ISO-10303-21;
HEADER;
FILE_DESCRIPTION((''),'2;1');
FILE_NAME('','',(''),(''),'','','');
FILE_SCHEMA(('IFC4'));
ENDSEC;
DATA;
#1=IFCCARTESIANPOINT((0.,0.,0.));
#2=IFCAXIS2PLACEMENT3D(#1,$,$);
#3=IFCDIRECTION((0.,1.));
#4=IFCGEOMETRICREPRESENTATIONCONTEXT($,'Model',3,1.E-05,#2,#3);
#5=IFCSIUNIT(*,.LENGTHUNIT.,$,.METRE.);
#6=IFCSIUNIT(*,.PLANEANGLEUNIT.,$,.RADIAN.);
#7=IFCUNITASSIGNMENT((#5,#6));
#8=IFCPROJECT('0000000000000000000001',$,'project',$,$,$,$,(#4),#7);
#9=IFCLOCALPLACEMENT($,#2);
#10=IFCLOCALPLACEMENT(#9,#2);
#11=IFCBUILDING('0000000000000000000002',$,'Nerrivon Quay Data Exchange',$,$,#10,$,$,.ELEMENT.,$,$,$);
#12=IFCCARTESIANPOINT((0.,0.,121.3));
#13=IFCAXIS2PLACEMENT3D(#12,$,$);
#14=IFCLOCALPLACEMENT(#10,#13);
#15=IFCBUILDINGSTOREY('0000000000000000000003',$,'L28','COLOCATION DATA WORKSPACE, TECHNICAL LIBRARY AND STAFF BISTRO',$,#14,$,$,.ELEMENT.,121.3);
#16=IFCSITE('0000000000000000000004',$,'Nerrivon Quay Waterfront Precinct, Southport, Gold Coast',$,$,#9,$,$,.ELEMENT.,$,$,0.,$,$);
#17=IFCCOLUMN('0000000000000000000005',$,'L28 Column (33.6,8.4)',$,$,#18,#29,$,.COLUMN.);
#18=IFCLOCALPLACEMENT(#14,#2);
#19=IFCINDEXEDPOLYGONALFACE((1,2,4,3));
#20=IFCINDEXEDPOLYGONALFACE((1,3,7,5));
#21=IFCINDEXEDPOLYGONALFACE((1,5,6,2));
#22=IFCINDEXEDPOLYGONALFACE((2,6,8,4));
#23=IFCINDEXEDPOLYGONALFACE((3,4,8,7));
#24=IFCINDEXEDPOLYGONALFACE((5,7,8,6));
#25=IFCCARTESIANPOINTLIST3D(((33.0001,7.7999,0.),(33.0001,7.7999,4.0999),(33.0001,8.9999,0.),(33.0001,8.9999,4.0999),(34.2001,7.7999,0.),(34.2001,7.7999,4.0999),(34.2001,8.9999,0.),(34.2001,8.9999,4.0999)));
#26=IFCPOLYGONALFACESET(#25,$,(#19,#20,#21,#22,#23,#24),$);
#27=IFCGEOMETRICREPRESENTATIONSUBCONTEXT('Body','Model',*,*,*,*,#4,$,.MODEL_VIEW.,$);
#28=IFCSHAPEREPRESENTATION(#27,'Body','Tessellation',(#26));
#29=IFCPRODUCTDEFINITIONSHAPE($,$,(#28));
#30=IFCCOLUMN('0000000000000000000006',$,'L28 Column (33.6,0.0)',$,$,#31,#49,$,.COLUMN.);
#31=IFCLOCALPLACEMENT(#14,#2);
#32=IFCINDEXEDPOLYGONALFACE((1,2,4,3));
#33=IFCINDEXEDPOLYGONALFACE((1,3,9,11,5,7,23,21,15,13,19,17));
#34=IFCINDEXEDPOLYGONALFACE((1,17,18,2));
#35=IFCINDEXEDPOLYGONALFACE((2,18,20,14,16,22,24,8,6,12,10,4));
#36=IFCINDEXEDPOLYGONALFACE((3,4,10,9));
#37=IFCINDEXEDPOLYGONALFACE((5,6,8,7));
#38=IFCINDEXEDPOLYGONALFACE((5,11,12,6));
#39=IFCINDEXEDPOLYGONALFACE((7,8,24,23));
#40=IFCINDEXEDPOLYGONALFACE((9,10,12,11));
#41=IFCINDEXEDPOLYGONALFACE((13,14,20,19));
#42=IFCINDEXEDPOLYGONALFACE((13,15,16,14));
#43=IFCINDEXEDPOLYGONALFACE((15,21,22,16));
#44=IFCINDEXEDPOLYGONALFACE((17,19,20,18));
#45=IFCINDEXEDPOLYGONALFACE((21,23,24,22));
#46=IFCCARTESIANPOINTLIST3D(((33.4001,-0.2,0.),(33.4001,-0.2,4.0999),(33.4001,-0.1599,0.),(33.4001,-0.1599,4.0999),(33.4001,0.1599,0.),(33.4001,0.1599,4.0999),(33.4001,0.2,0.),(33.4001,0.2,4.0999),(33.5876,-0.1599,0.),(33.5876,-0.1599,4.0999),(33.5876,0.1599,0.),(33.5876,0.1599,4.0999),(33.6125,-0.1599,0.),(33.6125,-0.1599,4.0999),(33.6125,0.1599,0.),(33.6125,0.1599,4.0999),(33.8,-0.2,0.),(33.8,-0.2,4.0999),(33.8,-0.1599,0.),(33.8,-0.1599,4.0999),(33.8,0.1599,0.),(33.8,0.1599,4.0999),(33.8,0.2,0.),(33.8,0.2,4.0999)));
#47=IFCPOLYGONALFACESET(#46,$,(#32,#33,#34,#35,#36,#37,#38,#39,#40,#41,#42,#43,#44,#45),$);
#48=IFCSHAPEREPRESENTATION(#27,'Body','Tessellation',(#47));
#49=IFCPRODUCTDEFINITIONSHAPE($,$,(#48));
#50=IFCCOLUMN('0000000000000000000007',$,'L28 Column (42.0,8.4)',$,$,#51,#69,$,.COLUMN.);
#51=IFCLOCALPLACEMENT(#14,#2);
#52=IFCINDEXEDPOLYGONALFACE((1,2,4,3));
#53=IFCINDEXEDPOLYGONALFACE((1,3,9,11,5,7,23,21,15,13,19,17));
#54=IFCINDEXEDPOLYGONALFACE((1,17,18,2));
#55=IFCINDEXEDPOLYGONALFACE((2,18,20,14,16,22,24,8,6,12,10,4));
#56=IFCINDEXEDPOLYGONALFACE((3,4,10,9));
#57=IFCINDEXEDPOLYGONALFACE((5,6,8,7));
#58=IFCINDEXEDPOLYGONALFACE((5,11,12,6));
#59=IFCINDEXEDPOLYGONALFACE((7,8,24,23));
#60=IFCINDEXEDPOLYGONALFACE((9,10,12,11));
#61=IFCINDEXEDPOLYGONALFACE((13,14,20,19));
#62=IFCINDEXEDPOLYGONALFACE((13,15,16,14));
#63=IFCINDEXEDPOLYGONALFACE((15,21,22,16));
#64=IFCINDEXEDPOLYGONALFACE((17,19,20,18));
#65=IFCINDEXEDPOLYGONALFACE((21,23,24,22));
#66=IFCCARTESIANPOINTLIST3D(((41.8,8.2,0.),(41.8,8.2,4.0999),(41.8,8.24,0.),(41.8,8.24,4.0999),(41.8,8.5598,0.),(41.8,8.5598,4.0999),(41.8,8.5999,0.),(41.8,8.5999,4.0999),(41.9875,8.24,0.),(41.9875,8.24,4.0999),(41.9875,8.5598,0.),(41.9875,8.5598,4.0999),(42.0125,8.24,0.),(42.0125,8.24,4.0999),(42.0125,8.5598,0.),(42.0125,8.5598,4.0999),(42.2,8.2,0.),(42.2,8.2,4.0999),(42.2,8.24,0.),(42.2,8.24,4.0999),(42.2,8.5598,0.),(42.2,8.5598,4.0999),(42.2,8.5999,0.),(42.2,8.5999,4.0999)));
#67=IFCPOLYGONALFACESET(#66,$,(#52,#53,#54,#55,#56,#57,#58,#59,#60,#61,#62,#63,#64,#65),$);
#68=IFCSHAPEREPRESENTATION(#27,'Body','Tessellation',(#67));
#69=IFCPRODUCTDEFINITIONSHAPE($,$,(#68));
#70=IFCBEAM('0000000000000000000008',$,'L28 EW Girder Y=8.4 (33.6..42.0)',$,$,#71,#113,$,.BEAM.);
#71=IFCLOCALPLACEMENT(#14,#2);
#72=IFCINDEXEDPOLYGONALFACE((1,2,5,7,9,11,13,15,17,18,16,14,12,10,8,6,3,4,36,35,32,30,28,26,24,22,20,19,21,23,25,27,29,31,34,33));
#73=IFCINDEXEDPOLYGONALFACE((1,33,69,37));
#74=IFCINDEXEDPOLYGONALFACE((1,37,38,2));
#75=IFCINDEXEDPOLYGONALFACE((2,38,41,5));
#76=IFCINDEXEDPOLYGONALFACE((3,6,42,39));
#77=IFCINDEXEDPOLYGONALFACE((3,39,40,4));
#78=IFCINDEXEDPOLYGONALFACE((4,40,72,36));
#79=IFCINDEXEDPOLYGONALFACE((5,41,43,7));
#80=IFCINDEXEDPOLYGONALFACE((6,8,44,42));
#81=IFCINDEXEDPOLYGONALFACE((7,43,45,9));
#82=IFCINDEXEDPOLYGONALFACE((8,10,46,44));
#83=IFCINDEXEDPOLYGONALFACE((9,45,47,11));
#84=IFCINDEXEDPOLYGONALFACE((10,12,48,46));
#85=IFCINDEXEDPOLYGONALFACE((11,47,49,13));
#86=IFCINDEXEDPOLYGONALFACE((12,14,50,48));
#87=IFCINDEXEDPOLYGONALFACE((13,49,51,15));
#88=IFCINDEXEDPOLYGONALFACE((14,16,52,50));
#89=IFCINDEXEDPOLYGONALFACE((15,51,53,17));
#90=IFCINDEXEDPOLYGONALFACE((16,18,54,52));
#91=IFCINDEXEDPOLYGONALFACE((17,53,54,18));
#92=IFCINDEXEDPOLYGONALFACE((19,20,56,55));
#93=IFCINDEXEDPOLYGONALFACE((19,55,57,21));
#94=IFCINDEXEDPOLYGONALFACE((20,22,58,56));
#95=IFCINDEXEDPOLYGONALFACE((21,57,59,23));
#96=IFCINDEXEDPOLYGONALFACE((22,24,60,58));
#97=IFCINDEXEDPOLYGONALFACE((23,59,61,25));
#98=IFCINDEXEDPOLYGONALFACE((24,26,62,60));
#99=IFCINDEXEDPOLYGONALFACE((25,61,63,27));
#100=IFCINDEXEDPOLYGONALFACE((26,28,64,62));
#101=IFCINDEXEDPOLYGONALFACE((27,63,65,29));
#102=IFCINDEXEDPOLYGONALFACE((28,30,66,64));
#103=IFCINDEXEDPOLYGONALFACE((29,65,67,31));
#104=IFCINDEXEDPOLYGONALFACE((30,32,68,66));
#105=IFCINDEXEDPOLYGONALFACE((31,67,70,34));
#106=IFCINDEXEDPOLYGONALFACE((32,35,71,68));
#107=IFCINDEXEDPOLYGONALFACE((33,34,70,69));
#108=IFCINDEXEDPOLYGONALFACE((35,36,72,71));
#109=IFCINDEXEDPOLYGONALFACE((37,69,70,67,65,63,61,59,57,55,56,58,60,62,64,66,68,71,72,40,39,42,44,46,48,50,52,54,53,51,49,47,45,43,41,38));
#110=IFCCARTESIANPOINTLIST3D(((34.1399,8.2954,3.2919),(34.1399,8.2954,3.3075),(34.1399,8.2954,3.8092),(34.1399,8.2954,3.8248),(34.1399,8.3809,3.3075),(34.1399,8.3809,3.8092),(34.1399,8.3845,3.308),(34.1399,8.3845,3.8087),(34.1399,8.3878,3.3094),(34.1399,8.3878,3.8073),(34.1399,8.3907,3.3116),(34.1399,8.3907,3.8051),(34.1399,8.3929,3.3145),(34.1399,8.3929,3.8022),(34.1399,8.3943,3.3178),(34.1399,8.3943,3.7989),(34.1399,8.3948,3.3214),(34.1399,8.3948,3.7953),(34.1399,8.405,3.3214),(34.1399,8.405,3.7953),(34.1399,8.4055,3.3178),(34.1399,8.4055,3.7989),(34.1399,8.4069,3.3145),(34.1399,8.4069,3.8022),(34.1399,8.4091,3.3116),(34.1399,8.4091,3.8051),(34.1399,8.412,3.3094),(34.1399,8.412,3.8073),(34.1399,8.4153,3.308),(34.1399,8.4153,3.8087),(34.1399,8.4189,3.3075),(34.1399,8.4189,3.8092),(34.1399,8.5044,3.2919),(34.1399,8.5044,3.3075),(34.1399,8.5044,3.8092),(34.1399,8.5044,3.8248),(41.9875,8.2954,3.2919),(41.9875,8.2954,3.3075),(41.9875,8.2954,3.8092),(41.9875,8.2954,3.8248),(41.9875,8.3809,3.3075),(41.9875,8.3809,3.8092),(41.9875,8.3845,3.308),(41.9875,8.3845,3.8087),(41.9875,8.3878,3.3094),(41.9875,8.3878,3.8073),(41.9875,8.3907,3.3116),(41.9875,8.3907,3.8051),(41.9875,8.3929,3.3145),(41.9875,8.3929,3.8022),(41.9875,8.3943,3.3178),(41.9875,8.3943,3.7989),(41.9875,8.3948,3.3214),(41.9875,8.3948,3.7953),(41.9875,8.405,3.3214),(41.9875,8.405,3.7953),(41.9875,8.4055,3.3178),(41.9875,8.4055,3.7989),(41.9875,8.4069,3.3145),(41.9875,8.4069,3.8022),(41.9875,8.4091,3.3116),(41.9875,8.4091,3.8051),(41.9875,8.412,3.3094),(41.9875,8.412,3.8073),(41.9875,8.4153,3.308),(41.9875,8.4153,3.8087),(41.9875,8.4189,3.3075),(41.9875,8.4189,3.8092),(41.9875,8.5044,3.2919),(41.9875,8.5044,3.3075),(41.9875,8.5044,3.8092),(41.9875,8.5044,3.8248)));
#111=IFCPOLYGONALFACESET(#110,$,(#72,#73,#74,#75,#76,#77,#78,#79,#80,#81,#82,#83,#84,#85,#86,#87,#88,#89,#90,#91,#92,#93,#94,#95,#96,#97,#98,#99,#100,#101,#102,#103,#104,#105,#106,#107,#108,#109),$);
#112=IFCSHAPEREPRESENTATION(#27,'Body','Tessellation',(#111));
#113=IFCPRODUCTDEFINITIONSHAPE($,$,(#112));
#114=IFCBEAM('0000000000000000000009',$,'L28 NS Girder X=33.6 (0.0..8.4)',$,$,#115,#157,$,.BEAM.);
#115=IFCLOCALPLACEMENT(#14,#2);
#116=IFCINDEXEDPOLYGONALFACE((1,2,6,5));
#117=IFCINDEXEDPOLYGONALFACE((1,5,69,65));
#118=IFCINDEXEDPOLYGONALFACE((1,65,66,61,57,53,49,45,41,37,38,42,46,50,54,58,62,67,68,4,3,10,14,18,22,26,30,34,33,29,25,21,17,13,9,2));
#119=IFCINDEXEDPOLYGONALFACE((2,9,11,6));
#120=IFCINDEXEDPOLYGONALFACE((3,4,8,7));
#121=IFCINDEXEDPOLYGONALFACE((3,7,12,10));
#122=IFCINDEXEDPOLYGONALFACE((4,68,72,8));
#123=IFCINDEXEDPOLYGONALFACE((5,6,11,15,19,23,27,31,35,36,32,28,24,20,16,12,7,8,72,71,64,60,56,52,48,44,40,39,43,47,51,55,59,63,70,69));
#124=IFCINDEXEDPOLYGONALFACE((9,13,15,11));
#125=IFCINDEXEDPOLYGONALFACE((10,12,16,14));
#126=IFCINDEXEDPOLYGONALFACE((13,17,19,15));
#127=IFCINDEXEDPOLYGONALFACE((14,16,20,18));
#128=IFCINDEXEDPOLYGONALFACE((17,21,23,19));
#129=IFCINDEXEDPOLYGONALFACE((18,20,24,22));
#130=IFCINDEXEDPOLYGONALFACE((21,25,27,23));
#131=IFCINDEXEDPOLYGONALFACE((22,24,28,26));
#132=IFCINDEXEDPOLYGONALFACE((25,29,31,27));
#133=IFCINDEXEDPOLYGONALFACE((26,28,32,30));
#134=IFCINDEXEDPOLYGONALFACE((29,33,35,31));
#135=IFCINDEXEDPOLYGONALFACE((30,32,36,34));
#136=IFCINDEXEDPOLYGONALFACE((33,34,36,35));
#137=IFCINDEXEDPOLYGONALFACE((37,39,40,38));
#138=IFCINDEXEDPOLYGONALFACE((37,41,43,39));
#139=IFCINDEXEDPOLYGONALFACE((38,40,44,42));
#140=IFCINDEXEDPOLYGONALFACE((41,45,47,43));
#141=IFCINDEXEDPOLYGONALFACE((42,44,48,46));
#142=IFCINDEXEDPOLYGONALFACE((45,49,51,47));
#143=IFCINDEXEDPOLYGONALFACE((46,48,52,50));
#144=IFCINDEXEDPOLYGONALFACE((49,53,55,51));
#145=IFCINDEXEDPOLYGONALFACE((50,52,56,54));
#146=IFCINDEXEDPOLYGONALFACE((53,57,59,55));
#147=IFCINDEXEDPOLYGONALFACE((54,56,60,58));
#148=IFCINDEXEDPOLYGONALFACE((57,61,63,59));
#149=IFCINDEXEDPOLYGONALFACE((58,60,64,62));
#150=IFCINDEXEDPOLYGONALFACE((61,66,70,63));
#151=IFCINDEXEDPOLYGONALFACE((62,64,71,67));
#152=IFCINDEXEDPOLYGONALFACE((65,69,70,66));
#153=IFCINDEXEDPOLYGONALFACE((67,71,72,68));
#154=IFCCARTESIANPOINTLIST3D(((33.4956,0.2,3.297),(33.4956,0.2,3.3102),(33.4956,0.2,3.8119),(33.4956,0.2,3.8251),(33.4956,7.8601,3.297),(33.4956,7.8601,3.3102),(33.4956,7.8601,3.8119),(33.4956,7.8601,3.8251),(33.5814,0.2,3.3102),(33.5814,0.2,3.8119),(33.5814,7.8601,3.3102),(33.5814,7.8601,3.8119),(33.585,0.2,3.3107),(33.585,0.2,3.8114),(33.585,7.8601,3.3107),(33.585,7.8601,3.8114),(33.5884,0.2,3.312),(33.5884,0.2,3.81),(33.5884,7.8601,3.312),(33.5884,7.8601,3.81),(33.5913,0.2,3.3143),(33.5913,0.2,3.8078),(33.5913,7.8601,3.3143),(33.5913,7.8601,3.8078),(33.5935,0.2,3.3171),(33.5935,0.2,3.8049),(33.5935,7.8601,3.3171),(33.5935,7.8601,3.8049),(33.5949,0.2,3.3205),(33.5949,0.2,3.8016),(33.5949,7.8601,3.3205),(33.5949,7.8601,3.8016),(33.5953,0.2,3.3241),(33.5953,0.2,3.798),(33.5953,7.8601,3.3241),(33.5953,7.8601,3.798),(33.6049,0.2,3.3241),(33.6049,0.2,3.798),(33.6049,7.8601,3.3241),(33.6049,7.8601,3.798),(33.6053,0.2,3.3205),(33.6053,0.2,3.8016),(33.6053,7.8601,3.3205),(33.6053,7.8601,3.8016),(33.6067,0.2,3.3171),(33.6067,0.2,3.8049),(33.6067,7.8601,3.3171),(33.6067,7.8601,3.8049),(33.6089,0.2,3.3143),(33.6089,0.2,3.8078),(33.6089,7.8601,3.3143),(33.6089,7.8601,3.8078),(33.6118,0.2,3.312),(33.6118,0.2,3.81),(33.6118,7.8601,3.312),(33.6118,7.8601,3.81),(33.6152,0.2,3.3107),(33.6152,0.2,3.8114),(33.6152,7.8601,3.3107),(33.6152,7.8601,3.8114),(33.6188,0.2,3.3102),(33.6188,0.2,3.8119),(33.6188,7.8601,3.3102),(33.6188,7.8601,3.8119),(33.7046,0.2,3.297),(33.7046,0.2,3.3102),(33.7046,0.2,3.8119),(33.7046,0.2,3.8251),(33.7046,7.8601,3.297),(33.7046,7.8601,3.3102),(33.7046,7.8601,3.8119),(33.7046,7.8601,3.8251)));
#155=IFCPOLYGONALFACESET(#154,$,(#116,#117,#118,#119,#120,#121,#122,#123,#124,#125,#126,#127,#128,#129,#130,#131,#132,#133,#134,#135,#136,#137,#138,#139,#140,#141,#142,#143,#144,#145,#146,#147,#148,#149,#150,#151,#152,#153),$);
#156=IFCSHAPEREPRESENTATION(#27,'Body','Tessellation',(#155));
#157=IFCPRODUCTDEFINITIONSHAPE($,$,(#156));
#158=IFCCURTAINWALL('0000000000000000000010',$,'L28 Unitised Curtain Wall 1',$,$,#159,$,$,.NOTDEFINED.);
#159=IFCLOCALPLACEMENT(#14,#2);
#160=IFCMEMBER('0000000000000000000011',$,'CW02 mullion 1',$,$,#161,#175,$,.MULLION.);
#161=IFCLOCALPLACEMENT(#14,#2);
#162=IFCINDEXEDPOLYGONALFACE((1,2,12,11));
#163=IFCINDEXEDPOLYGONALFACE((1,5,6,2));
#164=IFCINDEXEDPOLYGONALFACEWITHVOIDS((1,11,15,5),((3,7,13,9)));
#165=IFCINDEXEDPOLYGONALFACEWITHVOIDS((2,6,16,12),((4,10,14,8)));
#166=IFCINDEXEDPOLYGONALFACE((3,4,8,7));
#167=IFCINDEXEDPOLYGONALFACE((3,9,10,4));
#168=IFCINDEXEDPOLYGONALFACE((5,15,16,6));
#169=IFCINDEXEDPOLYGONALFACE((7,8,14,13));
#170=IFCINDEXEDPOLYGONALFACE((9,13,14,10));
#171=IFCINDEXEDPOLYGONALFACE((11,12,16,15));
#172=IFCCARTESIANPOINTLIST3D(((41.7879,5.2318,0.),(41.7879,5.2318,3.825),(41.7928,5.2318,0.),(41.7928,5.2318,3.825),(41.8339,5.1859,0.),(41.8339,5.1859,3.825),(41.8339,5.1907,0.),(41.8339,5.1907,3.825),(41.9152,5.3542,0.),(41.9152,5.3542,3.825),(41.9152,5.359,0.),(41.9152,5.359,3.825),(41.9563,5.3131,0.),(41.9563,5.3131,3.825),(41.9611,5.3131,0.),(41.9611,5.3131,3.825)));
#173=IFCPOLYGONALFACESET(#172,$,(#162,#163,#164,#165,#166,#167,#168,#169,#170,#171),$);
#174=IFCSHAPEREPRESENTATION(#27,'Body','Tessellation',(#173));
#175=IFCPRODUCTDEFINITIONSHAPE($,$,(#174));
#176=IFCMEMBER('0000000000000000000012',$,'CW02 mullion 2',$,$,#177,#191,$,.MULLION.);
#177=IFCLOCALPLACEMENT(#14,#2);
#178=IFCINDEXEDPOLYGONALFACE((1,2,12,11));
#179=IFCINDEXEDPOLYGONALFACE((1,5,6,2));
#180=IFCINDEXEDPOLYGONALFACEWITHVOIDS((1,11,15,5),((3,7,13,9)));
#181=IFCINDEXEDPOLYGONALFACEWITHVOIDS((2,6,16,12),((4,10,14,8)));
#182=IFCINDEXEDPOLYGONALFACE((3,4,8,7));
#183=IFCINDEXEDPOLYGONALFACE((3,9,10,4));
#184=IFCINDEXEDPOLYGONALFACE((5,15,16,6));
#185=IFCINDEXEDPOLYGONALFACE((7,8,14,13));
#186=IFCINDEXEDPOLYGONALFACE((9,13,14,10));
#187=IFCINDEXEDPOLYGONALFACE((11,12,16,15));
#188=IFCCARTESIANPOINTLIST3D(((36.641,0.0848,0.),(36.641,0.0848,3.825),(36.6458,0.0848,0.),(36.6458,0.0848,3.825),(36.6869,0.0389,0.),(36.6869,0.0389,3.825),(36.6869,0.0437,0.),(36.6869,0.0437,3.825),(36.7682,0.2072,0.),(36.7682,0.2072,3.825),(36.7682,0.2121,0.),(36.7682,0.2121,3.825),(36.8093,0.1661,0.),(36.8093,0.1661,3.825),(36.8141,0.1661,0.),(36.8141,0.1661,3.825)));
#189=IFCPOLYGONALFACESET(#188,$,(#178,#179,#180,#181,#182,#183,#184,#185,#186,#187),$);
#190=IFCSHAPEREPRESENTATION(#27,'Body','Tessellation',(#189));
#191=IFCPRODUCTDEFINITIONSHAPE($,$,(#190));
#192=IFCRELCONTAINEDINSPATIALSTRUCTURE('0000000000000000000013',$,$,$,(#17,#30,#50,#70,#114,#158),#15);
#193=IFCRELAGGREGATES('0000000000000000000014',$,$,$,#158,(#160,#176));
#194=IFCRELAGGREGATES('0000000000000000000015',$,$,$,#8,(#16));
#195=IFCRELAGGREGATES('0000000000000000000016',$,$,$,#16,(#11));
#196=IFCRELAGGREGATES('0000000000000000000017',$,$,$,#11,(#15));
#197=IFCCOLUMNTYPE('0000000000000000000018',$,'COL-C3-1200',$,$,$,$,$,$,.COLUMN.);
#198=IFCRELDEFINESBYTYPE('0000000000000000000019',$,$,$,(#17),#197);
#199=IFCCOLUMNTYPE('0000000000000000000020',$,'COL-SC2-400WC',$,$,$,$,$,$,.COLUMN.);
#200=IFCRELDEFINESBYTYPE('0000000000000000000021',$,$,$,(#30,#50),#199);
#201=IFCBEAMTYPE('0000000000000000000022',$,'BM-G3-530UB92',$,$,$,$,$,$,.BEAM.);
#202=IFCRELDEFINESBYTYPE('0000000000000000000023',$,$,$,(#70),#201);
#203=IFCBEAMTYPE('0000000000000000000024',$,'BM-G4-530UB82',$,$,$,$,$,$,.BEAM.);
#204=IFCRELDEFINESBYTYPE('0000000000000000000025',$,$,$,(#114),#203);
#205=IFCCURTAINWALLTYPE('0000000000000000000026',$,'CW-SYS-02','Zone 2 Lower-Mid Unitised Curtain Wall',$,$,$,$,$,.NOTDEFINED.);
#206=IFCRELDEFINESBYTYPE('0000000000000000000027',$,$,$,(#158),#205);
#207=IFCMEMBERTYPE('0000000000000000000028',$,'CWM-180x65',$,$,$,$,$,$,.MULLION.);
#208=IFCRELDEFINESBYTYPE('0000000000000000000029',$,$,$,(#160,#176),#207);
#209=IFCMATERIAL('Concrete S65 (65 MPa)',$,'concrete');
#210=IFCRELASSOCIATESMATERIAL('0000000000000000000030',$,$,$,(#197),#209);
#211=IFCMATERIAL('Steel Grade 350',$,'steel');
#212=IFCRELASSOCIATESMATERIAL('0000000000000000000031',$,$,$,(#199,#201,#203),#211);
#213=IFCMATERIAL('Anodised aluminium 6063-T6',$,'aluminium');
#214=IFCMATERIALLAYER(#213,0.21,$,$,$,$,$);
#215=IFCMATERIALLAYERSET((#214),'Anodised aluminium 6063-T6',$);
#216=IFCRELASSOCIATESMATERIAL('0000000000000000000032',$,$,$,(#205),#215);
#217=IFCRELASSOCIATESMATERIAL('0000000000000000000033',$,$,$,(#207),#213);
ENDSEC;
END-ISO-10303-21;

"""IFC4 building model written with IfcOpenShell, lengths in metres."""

from ifc_helpers import new_model, si_unit, direction, frame, origin, origin_2d, place, context, subcontext, project, spatial, rectangle, hollow_rectangle, i_section, extrude, material, layer, layer_set, material_profile, profile_set, type_object, element, aggregate, save


model = new_model("IFC4")

# Units and contexts
model_context = context("Model", 3, precision=1e-05, world=origin(), true_north=direction((0.0, 1.0)))
body_context = subcontext(model_context, "Body", "Model", "MODEL_VIEW")
ifc_project = project(units=[si_unit("LENGTHUNIT", "METRE"), si_unit("PLANEANGLEUNIT", "RADIAN")], contexts=[model_context])

# Site, building, storey
site_placement = place(None, origin())
site = spatial("IfcSite", under=ifc_project, at=site_placement, Name="Nerrivon Quay Waterfront Precinct, Southport, Gold Coast", CompositionType="ELEMENT", RefElevation=0.0)
building_placement = place(site_placement, origin())
building = spatial("IfcBuilding", under=site, at=building_placement, Name="Nerrivon Quay Data Exchange", CompositionType="ELEMENT")
storey_placement = place(building_placement, frame((0.0, 0.0, 121.3)))
storey = spatial("IfcBuildingStorey", under=building, at=storey_placement, Name="L28", Description="COLOCATION DATA WORKSPACE, TECHNICAL LIBRARY AND STAFF BISTRO", CompositionType="ELEMENT", Elevation=121.3)

# Columns
ifc_material_1 = material(Name="Concrete S65 (65 MPa)", Category="concrete")
ifc_material_profile_1 = material_profile(ifc_material_1, rectangle(XDim=1.2, YDim=1.2, at=origin_2d()), Name="RC-COL-1200x1200")
ifc_profile_set_1 = profile_set([ifc_material_profile_1], Name="Concrete S65 (65 MPa)")
column_type_1 = type_object("IfcColumnType", Name="COL-C3-1200", PredefinedType="COLUMN", material=ifc_profile_set_1)
column_placement = place(storey_placement, frame((33.6001, 8.3999, 0.0), z_axis=(0.0, 0.0, 1.0), x_axis=(1.0, 0.0, 0.0)))
element("IfcColumn", 1, at=column_placement, inside=storey, type_object=column_type_1, Name="L28 Column (33.6,8.4)", PredefinedType="COLUMN", context=body_context, shape_type="SweptSolid", body=[
    extrude(rectangle(XDim=1.2, YDim=1.2, at=origin_2d()), origin(), (0.0, 0.0, 1.0), 4.0999),
])
ifc_material_2 = material(Name="Steel Grade 350", Category="steel")
ifc_material_profile_2 = material_profile(ifc_material_2, i_section(OverallWidth=0.3999, OverallDepth=0.3999, WebThickness=0.0249, FlangeThickness=0.04, at=origin_2d()), Name="400WC328")
ifc_profile_set_2 = profile_set([ifc_material_profile_2], Name="Steel Grade 350")
column_type_2 = type_object("IfcColumnType", Name="COL-SC2-400WC", PredefinedType="COLUMN", material=ifc_profile_set_2)
for number, where, z_axis, x_axis, name in (
    (2, (33.6001, 0.0, 0.0), (0.0, 0.0, 1.0), (1.0, 0.0, 0.0), "L28 Column (33.6,0.0)"),
    (3, (42.0, 8.3999, 0.0), (0.0, 0.0, 1.0), (1.0, 0.0, 0.0), "L28 Column (42.0,8.4)"),
):
    element("IfcColumn", number, at=place(storey_placement, frame(where, z_axis=z_axis, x_axis=x_axis)), inside=storey, type_object=column_type_2, Name=name, PredefinedType="COLUMN", context=body_context, shape_type="SweptSolid", body=[
        extrude(i_section(OverallWidth=0.3999, OverallDepth=0.3999, WebThickness=0.0249, FlangeThickness=0.04, at=origin_2d()), origin(), (0.0, 0.0, 1.0), 4.0999),
    ])

# Beams
ifc_material_profile_3 = material_profile(ifc_material_2, i_section(OverallWidth=0.209, OverallDepth=0.533, WebThickness=0.0103, FlangeThickness=0.0156, FilletRadius=0.0139, at=origin_2d()), Name="530UB92.4")
ifc_profile_set_3 = profile_set([ifc_material_profile_3], Name="Steel Grade 350")
beam_type_1 = type_object("IfcBeamType", Name="BM-G3-530UB92", PredefinedType="BEAM", material=ifc_profile_set_3)
beam_1_placement = place(storey_placement, frame((34.1399, 8.3999, 3.5583), z_axis=(1.0, 0.0, 0.0), x_axis=(0.0, 1.0, 0.0)))
element("IfcBeam", 4, at=beam_1_placement, inside=storey, type_object=beam_type_1, Name="L28 EW Girder Y=8.4 (33.6..42.0)", PredefinedType="BEAM", context=body_context, shape_type="SweptSolid", body=[
    extrude(i_section(OverallWidth=0.209, OverallDepth=0.533, WebThickness=0.0103, FlangeThickness=0.0156, FilletRadius=0.0139, at=origin_2d()), origin(), (0.0, 0.0, 1.0), 7.8477),
])
ifc_material_profile_4 = material_profile(ifc_material_2, i_section(OverallWidth=0.209, OverallDepth=0.5281, WebThickness=0.0095, FlangeThickness=0.0132, FilletRadius=0.0139, at=origin_2d()), Name="530UB82.0")
ifc_profile_set_4 = profile_set([ifc_material_profile_4], Name="Steel Grade 350")
beam_type_2 = type_object("IfcBeamType", Name="BM-G4-530UB82", PredefinedType="BEAM", material=ifc_profile_set_4)
beam_2_placement = place(storey_placement, frame((33.6001, 0.2, 3.561), z_axis=(0.0, 1.0, 0.0), x_axis=(-1.0, 0.0, 0.0)))
element("IfcBeam", 5, at=beam_2_placement, inside=storey, type_object=beam_type_2, Name="L28 NS Girder X=33.6 (0.0..8.4)", PredefinedType="BEAM", context=body_context, shape_type="SweptSolid", body=[
    extrude(i_section(OverallWidth=0.209, OverallDepth=0.5281, WebThickness=0.0095, FlangeThickness=0.0132, FilletRadius=0.0139, at=origin_2d()), origin(), (0.0, 0.0, 1.0), 7.6602),
])

# Curtain wall, members
ifc_material_3 = material(Name="Anodised aluminium 6063-T6", Category="aluminium")
ifc_layer_1 = layer(ifc_material_3, 0.21)
ifc_layer_set_1 = layer_set([ifc_layer_1], Name="Anodised aluminium 6063-T6")
curtain_wall_type = type_object("IfcCurtainWallType", Name="CW-SYS-02", Description="Zone 2 Lower-Mid Unitised Curtain Wall", PredefinedType="NOTDEFINED", material=ifc_layer_set_1)
curtain_wall_1_placement = place(storey_placement, origin())
curtain_wall_1 = element("IfcCurtainWall", 6, at=curtain_wall_1_placement, inside=storey, type_object=curtain_wall_type, Name="L28 Unitised Curtain Wall 1", PredefinedType="NOTDEFINED")
ifc_material_profile_5 = material_profile(ifc_material_3, hollow_rectangle(XDim=0.0649, YDim=0.1799, WallThickness=0.0034, at=origin_2d()), Name="ALU-MULL-180x65")
ifc_profile_set_5 = profile_set([ifc_material_profile_5], Name="Anodised aluminium 6063-T6")
member_type_1 = type_object("IfcMemberType", Name="CWM-180x65", PredefinedType="MULLION", material=ifc_profile_set_5)
member_1_placement = place(storey_placement, frame((41.8745, 5.2725, 0.0), z_axis=(0.0, 0.0, 1.0), x_axis=(0.707107, -0.707107, 0.0)))
member_1 = element("IfcMember", 7, at=member_1_placement, type_object=member_type_1, Name="CW02 mullion 1", PredefinedType="MULLION", context=body_context, shape_type="SweptSolid", body=[
    extrude(hollow_rectangle(XDim=0.0649, YDim=0.1799, WallThickness=0.0034, at=origin_2d()), origin(), (0.0, 0.0, 1.0), 3.825),
])
member_2_placement = place(storey_placement, frame((36.7275, 0.1255, 0.0), z_axis=(0.0, 0.0, 1.0), x_axis=(0.707107, -0.707107, 0.0)))
member_2 = element("IfcMember", 8, at=member_2_placement, type_object=member_type_1, Name="CW02 mullion 2", PredefinedType="MULLION", context=body_context, shape_type="SweptSolid", body=[
    extrude(hollow_rectangle(XDim=0.0649, YDim=0.1799, WallThickness=0.0034, at=origin_2d()), origin(), (0.0, 0.0, 1.0), 3.825),
])

aggregate(curtain_wall_1, [member_1, member_2])

save(model, "model.ifc")
